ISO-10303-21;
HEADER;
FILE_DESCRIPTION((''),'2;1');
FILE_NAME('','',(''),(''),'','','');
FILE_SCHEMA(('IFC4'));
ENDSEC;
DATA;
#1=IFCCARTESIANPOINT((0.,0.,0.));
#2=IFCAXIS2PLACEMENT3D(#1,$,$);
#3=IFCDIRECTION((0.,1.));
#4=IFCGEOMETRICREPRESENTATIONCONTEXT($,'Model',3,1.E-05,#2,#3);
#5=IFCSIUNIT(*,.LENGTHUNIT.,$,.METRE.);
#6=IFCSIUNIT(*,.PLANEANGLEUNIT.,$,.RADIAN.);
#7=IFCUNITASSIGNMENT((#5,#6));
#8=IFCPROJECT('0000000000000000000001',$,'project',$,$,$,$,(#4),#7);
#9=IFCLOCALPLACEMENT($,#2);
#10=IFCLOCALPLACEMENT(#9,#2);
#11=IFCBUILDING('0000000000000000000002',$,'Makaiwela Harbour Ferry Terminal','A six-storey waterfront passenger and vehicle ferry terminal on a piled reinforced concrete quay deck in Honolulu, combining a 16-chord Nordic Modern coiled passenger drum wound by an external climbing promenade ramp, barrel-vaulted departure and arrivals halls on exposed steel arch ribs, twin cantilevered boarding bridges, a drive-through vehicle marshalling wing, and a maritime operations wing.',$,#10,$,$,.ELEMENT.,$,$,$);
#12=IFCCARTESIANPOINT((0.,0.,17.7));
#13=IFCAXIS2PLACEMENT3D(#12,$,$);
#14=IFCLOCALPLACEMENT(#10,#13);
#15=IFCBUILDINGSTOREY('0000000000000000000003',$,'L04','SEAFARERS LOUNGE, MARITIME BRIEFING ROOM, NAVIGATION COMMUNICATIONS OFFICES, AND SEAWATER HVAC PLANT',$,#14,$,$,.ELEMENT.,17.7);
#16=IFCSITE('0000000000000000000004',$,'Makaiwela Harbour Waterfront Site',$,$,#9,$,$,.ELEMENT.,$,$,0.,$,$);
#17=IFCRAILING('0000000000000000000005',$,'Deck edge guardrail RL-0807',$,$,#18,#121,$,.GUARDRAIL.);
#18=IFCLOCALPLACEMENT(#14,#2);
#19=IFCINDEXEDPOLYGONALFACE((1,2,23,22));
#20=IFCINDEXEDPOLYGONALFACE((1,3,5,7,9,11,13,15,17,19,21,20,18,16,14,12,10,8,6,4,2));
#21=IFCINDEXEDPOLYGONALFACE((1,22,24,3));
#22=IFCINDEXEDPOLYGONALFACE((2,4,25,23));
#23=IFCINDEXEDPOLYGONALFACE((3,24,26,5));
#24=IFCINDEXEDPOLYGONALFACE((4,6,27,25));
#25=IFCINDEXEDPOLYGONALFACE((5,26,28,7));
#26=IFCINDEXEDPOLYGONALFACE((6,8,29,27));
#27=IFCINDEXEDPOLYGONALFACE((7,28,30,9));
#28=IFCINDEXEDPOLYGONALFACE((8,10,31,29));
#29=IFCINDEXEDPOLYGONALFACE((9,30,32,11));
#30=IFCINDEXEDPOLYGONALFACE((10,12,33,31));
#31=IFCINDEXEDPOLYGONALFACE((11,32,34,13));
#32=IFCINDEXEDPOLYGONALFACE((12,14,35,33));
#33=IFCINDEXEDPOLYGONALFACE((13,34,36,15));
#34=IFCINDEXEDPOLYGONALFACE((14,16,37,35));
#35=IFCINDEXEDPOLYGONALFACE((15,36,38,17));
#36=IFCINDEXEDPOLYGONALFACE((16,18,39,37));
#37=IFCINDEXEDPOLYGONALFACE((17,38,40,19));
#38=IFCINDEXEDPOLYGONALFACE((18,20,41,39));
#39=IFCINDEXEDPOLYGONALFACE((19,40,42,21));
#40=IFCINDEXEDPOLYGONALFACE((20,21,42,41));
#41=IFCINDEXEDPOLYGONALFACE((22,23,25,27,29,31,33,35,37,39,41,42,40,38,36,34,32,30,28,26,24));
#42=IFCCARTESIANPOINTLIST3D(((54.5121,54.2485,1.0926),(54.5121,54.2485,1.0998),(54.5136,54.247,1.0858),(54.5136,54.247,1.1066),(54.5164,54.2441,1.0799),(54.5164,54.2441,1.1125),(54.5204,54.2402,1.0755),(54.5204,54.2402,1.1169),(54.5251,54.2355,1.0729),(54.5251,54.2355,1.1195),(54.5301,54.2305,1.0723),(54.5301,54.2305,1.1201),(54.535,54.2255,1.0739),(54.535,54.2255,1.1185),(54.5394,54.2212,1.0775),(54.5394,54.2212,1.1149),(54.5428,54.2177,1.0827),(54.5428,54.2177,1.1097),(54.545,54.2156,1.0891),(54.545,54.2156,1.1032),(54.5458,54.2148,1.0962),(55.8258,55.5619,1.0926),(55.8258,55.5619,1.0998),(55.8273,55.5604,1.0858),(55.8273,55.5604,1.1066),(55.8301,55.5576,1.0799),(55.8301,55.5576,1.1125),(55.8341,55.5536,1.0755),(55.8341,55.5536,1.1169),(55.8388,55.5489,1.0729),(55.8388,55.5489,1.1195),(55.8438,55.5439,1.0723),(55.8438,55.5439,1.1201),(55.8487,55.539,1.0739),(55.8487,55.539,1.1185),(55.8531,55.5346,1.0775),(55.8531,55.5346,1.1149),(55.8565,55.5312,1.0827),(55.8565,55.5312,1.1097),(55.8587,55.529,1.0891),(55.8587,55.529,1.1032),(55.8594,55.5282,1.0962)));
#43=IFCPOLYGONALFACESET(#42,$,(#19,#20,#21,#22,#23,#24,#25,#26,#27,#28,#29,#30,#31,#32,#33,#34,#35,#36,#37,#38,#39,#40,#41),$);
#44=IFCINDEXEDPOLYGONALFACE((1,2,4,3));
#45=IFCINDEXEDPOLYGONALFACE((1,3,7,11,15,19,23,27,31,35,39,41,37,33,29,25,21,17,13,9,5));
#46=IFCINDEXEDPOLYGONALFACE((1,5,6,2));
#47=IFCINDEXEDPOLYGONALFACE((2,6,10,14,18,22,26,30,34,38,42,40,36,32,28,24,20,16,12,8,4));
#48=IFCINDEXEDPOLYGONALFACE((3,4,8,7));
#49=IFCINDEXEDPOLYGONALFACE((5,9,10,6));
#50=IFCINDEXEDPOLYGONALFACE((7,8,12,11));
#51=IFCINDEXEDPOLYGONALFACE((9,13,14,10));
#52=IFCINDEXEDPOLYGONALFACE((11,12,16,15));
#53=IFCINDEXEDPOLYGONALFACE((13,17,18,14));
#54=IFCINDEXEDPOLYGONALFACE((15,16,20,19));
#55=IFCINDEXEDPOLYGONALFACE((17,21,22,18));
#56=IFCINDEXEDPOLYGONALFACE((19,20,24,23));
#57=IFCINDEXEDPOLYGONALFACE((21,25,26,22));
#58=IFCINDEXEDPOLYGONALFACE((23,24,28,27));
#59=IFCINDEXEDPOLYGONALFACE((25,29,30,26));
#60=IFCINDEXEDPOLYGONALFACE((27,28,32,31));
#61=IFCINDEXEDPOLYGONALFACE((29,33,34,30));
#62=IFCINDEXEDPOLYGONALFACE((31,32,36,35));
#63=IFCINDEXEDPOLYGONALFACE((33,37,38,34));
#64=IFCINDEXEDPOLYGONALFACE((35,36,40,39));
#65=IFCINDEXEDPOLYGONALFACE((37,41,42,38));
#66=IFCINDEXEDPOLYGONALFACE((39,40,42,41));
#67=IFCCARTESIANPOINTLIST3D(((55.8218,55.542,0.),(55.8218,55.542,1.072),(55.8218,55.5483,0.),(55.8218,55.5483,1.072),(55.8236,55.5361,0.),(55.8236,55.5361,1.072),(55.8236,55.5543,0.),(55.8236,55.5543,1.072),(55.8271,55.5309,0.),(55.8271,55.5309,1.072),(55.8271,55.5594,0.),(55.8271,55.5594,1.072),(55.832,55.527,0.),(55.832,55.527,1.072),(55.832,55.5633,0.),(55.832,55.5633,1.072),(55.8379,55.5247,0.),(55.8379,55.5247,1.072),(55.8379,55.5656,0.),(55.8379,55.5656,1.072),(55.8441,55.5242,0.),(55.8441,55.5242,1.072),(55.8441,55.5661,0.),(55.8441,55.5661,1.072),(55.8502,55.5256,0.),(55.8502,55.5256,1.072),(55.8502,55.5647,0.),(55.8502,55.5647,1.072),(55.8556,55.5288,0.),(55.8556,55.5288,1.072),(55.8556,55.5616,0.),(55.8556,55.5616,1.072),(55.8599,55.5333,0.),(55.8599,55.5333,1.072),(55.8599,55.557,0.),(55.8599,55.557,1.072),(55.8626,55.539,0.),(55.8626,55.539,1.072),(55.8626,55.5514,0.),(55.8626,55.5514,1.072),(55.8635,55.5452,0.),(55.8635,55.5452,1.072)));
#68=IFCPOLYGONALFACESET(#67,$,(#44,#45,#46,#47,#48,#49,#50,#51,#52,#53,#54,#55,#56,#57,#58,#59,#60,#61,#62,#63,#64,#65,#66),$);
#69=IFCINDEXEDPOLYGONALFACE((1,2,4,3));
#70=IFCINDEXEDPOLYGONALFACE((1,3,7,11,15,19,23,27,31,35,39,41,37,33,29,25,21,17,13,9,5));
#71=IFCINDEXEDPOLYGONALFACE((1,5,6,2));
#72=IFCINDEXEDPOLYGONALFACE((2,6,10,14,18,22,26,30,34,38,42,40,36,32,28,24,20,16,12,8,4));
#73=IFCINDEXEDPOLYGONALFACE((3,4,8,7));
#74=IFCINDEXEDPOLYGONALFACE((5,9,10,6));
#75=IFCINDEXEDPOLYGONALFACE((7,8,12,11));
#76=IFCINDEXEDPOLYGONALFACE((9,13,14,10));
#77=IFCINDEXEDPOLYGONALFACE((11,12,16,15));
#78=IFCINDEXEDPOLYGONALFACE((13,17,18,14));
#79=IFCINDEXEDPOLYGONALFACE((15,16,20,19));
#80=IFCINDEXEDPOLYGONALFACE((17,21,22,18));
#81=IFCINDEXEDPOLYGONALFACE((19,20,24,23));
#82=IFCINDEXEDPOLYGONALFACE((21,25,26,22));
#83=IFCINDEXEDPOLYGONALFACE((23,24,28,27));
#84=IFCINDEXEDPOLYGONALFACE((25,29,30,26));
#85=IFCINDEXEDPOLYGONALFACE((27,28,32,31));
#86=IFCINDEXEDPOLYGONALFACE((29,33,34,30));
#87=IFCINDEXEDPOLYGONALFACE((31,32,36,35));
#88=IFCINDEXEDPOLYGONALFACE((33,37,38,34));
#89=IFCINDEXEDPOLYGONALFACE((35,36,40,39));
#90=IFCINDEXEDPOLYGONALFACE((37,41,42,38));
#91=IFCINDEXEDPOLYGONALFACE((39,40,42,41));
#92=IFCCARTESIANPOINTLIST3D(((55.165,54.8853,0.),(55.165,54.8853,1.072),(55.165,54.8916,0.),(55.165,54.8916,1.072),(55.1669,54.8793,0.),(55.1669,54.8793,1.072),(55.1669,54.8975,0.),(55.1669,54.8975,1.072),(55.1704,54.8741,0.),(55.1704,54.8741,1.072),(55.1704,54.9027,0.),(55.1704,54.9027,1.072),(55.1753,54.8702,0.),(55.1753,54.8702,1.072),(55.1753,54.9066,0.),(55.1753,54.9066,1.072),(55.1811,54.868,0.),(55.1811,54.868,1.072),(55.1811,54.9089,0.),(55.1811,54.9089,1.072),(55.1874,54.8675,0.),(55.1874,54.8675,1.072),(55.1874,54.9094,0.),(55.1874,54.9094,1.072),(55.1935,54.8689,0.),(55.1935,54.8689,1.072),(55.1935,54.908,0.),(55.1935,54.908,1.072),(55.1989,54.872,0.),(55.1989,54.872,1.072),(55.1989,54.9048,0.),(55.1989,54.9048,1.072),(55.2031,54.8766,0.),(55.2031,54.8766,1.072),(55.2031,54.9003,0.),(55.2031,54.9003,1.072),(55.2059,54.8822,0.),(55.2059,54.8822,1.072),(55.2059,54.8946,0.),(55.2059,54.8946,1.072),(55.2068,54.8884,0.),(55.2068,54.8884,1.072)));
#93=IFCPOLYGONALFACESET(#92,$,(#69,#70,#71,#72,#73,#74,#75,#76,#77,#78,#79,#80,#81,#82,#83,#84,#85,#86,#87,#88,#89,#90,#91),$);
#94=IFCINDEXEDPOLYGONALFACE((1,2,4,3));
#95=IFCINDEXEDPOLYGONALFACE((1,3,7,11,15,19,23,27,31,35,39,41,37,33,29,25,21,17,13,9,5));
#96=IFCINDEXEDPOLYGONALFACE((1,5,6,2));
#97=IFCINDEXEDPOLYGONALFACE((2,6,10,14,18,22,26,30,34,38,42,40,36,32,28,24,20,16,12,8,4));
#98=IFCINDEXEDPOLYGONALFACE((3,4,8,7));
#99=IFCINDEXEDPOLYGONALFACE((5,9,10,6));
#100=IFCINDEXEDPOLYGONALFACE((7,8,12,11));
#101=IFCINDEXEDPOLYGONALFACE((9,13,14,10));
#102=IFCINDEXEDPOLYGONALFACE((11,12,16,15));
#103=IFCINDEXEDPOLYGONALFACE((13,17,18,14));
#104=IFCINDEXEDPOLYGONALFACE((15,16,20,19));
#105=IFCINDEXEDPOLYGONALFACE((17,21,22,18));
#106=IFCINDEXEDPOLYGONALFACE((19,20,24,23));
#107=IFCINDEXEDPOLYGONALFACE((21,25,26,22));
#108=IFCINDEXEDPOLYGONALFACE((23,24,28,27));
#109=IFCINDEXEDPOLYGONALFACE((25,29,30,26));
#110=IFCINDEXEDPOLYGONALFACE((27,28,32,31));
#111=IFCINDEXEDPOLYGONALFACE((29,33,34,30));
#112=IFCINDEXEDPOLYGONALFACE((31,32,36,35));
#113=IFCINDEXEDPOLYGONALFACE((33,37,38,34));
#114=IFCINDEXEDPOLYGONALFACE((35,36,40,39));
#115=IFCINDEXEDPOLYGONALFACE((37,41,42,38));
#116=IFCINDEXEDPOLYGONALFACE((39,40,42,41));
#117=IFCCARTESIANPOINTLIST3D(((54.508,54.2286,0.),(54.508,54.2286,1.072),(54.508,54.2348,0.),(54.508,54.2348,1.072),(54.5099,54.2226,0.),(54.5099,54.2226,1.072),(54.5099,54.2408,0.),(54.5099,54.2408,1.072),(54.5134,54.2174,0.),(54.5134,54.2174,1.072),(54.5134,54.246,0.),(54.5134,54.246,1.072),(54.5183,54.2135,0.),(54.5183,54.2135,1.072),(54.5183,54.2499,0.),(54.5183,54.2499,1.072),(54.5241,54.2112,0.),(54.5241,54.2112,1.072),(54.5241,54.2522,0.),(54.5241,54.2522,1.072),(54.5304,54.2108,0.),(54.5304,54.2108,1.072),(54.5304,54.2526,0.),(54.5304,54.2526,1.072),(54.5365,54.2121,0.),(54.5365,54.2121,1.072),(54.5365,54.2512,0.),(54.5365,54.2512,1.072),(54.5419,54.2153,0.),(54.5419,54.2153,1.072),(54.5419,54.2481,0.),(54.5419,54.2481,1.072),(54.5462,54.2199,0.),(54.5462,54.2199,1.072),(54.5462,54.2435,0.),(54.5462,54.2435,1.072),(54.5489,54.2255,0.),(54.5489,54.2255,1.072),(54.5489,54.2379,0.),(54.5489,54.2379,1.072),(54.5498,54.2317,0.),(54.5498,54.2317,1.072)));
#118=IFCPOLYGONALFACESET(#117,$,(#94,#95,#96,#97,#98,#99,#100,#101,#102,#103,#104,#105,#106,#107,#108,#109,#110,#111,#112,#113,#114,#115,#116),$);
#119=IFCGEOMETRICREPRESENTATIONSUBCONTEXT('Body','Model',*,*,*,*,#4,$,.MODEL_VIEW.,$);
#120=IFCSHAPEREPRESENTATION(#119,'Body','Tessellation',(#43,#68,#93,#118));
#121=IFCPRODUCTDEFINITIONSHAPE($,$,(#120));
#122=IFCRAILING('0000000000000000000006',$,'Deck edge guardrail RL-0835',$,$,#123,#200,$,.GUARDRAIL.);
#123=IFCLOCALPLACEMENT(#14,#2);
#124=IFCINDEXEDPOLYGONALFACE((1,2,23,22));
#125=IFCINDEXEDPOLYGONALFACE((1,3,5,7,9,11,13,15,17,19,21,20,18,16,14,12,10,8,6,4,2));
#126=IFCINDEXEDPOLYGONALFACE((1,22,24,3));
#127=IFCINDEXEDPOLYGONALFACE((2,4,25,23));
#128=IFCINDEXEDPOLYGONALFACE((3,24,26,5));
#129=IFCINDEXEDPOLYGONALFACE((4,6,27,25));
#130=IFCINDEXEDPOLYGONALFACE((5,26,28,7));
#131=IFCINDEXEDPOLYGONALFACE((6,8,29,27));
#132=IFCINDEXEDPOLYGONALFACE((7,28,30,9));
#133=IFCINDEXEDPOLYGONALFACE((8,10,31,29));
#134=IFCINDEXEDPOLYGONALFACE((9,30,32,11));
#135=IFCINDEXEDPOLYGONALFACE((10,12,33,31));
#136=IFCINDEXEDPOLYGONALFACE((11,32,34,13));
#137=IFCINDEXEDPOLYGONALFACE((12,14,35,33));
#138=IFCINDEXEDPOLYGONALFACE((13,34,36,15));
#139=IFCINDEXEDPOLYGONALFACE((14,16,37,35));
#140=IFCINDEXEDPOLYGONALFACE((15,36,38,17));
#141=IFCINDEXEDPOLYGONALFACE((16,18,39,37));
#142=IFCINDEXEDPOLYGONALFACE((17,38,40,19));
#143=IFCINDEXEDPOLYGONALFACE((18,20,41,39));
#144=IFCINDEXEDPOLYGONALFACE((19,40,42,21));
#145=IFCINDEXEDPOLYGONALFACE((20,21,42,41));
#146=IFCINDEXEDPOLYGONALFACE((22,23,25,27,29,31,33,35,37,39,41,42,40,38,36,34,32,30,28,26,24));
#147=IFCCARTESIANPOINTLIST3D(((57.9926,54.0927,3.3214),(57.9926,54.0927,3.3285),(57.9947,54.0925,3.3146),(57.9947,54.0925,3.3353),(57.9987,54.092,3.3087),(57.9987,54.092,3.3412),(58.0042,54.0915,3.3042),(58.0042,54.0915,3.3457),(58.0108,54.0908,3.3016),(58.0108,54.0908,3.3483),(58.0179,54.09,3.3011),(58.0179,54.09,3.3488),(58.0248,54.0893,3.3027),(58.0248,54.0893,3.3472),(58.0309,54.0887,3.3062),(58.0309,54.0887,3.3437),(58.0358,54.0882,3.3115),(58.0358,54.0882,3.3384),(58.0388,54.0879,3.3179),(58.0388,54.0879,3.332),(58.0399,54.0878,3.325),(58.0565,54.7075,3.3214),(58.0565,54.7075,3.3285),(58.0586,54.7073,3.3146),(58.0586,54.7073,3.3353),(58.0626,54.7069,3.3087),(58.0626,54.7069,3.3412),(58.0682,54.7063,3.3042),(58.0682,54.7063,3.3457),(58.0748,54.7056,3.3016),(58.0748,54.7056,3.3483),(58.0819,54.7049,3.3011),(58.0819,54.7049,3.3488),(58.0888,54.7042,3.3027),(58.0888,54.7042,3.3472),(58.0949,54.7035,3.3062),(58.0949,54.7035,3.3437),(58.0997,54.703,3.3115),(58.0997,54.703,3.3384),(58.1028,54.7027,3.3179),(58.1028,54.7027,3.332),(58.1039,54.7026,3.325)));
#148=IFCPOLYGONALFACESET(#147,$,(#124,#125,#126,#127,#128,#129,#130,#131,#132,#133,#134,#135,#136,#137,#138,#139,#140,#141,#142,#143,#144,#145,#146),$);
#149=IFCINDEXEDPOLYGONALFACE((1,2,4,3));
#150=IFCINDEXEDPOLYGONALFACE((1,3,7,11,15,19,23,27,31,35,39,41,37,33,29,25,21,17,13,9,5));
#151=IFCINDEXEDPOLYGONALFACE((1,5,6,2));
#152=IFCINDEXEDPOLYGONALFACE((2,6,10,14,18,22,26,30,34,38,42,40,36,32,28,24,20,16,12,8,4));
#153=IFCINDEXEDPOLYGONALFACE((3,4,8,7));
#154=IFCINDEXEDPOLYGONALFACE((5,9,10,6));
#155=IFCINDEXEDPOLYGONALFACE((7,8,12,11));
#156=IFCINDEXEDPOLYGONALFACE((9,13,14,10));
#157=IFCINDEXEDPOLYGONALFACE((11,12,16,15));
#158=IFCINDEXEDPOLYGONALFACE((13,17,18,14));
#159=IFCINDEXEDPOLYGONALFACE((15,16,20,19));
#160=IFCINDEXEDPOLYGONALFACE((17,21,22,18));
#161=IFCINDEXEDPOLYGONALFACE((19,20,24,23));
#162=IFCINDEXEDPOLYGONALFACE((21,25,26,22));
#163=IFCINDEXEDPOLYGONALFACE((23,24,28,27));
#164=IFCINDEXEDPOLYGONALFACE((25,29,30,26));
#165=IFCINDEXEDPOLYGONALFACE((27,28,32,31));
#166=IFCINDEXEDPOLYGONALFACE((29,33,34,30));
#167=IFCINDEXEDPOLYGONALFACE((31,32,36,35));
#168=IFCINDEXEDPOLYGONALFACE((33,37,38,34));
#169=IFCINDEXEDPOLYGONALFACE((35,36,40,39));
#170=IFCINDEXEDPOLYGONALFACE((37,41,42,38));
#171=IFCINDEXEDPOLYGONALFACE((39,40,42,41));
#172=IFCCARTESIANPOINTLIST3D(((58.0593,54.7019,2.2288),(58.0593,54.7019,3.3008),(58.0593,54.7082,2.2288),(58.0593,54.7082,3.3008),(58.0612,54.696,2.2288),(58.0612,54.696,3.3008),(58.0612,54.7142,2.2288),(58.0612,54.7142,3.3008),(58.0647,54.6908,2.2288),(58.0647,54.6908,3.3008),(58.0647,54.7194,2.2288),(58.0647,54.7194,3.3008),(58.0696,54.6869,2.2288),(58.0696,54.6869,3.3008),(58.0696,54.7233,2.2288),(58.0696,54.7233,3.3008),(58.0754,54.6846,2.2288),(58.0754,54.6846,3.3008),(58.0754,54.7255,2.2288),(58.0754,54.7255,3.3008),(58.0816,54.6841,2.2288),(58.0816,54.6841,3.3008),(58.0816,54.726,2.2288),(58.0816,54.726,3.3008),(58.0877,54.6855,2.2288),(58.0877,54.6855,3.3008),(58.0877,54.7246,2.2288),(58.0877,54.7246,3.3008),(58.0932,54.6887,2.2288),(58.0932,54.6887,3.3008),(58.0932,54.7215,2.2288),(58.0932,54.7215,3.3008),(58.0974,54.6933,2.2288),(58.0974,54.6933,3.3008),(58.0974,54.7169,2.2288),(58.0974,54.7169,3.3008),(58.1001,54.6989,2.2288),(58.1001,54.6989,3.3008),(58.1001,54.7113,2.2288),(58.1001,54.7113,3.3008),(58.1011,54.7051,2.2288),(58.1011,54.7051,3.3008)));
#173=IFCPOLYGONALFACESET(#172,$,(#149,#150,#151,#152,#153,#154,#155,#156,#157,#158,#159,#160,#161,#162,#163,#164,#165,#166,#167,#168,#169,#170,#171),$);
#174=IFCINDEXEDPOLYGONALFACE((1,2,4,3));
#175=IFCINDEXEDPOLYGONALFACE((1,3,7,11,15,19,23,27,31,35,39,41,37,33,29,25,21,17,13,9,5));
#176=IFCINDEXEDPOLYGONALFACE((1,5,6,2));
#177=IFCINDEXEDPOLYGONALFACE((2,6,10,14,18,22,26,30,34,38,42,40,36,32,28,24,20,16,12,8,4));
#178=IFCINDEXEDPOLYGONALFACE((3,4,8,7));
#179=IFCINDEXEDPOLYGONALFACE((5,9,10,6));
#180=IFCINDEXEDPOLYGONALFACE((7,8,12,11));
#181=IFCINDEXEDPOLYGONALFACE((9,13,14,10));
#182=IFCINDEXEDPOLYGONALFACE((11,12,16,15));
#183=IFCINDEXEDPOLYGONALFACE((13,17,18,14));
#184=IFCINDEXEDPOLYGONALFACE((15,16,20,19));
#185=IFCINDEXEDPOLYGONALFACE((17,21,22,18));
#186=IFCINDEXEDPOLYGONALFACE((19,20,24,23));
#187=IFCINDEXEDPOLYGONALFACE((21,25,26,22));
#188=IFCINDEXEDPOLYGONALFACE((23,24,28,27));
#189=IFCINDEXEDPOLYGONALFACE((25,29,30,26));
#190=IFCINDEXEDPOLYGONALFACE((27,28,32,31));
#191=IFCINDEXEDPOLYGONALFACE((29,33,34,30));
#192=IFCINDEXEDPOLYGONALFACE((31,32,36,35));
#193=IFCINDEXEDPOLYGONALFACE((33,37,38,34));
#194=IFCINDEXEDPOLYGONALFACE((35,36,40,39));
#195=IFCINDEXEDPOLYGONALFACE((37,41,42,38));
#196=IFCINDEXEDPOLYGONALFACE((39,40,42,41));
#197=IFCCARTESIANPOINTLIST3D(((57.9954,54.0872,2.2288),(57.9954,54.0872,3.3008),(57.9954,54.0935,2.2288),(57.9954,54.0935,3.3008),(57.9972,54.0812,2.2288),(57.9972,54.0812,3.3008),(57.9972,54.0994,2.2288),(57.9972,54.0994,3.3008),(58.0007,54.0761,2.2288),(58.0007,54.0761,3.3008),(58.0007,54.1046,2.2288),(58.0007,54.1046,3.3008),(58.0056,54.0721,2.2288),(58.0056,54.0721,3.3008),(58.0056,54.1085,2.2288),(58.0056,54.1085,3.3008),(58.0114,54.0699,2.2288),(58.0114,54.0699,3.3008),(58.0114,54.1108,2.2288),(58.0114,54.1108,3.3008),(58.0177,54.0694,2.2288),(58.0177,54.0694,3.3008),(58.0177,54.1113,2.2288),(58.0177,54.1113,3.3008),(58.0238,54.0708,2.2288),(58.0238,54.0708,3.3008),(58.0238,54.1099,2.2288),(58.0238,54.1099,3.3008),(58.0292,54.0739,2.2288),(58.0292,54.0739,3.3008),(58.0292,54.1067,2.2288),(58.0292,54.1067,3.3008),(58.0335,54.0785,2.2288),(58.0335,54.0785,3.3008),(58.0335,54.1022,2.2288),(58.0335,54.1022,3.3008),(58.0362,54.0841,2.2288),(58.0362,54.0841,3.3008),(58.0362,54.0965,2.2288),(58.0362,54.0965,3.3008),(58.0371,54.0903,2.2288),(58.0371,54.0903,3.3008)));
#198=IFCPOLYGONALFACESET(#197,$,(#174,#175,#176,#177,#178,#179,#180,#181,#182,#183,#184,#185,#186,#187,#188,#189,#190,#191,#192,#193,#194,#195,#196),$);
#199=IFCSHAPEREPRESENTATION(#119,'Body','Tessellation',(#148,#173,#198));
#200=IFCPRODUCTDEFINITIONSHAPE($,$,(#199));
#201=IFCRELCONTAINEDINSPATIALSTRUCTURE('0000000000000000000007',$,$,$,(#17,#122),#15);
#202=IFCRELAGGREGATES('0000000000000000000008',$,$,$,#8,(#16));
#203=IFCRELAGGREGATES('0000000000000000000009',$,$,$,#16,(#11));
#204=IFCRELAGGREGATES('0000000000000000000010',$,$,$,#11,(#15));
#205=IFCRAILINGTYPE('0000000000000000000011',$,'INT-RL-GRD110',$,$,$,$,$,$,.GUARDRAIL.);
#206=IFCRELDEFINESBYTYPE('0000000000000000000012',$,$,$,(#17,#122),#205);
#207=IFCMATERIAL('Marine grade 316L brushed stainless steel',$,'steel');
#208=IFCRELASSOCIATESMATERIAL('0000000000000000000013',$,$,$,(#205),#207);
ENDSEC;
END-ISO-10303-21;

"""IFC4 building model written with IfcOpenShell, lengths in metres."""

from ifc_helpers import new_model, si_unit, direction, frame, origin, origin_2d, place, context, subcontext, project, spatial, circle, extrude, material, type_object, element, save


model = new_model("IFC4")

# Units and contexts
model_context = context("Model", 3, precision=1e-05, world=origin(), true_north=direction((0.0, 1.0)))
body_context = subcontext(model_context, "Body", "Model", "MODEL_VIEW")
ifc_project = project(units=[si_unit("LENGTHUNIT", "METRE"), si_unit("PLANEANGLEUNIT", "RADIAN")], contexts=[model_context])

# Site, building, storey
site_placement = place(None, origin())
site = spatial("IfcSite", under=ifc_project, at=site_placement, Name="Makaiwela Harbour Waterfront Site", CompositionType="ELEMENT", RefElevation=0.0)
building_placement = place(site_placement, origin())
building = spatial("IfcBuilding", under=site, at=building_placement, Name="Makaiwela Harbour Ferry Terminal", Description="A six-storey waterfront passenger and vehicle ferry terminal on a piled reinforced concrete quay deck in Honolulu, combining a 16-chord Nordic Modern coiled passenger drum wound by an external climbing promenade ramp, barrel-vaulted departure and arrivals halls on exposed steel arch ribs, twin cantilevered boarding bridges, a drive-through vehicle marshalling wing, and a maritime operations wing.", CompositionType="ELEMENT")
storey_placement = place(building_placement, frame((0.0, 0.0, 17.7)))
storey = spatial("IfcBuildingStorey", under=building, at=storey_placement, Name="L04", Description="SEAFARERS LOUNGE, MARITIME BRIEFING ROOM, NAVIGATION COMMUNICATIONS OFFICES, AND SEAWATER HVAC PLANT", CompositionType="ELEMENT", Elevation=17.7)

# Railings
ifc_material_1 = material(Name="Marine grade 316L brushed stainless steel", Category="steel")
railing_type_1 = type_object("IfcRailingType", Name="INT-RL-GRD110", PredefinedType="GUARDRAIL", material=ifc_material_1)
railing_1_placement = place(storey_placement, frame((55.8425, 55.5452, 0.0)))
element("IfcRailing", 1, at=railing_1_placement, inside=storey, type_object=railing_type_1, Name="Deck edge guardrail RL-0807", PredefinedType="GUARDRAIL", context=body_context, shape_type="SweptSolid", body=[
    extrude(circle(Radius=0.0239, at=origin_2d()), frame((0.0, 0.0, 1.0962), z_axis=(-0.707172, -0.707041, 0.0), x_axis=(0.707041, -0.707172, 0.0)), (0.0, 0.0, 1.0), 1.8577),
    extrude(circle(Radius=0.021, at=origin_2d()), origin(), (0.0, 0.0, 1.0), 1.072),
    extrude(circle(Radius=0.021, at=origin_2d()), frame((-0.6567, -0.6567, 0.0)), (0.0, 0.0, 1.0), 1.072),
    extrude(circle(Radius=0.021, at=origin_2d()), frame((-1.3137, -1.3135, 0.0)), (0.0, 0.0, 1.0), 1.072),
])
railing_2_placement = place(storey_placement, frame((58.0801, 54.7051, 2.2288)))
element("IfcRailing", 2, at=railing_2_placement, inside=storey, type_object=railing_type_1, Name="Deck edge guardrail RL-0835", PredefinedType="GUARDRAIL", context=body_context, shape_type="SweptSolid", body=[
    extrude(circle(Radius=0.0239, at=origin_2d()), frame((0.0, 0.0, 1.0962), z_axis=(-0.103492, -0.99463, 0.0), x_axis=(0.99463, -0.103492, 0.0)), (0.0, 0.0, 1.0), 0.6182),
    extrude(circle(Radius=0.021, at=origin_2d()), origin(), (0.0, 0.0, 1.0), 1.072),
    extrude(circle(Radius=0.021, at=origin_2d()), frame((-0.064, -0.6147, 0.0)), (0.0, 0.0, 1.0), 1.072),
])

save(model, "model.ifc")
